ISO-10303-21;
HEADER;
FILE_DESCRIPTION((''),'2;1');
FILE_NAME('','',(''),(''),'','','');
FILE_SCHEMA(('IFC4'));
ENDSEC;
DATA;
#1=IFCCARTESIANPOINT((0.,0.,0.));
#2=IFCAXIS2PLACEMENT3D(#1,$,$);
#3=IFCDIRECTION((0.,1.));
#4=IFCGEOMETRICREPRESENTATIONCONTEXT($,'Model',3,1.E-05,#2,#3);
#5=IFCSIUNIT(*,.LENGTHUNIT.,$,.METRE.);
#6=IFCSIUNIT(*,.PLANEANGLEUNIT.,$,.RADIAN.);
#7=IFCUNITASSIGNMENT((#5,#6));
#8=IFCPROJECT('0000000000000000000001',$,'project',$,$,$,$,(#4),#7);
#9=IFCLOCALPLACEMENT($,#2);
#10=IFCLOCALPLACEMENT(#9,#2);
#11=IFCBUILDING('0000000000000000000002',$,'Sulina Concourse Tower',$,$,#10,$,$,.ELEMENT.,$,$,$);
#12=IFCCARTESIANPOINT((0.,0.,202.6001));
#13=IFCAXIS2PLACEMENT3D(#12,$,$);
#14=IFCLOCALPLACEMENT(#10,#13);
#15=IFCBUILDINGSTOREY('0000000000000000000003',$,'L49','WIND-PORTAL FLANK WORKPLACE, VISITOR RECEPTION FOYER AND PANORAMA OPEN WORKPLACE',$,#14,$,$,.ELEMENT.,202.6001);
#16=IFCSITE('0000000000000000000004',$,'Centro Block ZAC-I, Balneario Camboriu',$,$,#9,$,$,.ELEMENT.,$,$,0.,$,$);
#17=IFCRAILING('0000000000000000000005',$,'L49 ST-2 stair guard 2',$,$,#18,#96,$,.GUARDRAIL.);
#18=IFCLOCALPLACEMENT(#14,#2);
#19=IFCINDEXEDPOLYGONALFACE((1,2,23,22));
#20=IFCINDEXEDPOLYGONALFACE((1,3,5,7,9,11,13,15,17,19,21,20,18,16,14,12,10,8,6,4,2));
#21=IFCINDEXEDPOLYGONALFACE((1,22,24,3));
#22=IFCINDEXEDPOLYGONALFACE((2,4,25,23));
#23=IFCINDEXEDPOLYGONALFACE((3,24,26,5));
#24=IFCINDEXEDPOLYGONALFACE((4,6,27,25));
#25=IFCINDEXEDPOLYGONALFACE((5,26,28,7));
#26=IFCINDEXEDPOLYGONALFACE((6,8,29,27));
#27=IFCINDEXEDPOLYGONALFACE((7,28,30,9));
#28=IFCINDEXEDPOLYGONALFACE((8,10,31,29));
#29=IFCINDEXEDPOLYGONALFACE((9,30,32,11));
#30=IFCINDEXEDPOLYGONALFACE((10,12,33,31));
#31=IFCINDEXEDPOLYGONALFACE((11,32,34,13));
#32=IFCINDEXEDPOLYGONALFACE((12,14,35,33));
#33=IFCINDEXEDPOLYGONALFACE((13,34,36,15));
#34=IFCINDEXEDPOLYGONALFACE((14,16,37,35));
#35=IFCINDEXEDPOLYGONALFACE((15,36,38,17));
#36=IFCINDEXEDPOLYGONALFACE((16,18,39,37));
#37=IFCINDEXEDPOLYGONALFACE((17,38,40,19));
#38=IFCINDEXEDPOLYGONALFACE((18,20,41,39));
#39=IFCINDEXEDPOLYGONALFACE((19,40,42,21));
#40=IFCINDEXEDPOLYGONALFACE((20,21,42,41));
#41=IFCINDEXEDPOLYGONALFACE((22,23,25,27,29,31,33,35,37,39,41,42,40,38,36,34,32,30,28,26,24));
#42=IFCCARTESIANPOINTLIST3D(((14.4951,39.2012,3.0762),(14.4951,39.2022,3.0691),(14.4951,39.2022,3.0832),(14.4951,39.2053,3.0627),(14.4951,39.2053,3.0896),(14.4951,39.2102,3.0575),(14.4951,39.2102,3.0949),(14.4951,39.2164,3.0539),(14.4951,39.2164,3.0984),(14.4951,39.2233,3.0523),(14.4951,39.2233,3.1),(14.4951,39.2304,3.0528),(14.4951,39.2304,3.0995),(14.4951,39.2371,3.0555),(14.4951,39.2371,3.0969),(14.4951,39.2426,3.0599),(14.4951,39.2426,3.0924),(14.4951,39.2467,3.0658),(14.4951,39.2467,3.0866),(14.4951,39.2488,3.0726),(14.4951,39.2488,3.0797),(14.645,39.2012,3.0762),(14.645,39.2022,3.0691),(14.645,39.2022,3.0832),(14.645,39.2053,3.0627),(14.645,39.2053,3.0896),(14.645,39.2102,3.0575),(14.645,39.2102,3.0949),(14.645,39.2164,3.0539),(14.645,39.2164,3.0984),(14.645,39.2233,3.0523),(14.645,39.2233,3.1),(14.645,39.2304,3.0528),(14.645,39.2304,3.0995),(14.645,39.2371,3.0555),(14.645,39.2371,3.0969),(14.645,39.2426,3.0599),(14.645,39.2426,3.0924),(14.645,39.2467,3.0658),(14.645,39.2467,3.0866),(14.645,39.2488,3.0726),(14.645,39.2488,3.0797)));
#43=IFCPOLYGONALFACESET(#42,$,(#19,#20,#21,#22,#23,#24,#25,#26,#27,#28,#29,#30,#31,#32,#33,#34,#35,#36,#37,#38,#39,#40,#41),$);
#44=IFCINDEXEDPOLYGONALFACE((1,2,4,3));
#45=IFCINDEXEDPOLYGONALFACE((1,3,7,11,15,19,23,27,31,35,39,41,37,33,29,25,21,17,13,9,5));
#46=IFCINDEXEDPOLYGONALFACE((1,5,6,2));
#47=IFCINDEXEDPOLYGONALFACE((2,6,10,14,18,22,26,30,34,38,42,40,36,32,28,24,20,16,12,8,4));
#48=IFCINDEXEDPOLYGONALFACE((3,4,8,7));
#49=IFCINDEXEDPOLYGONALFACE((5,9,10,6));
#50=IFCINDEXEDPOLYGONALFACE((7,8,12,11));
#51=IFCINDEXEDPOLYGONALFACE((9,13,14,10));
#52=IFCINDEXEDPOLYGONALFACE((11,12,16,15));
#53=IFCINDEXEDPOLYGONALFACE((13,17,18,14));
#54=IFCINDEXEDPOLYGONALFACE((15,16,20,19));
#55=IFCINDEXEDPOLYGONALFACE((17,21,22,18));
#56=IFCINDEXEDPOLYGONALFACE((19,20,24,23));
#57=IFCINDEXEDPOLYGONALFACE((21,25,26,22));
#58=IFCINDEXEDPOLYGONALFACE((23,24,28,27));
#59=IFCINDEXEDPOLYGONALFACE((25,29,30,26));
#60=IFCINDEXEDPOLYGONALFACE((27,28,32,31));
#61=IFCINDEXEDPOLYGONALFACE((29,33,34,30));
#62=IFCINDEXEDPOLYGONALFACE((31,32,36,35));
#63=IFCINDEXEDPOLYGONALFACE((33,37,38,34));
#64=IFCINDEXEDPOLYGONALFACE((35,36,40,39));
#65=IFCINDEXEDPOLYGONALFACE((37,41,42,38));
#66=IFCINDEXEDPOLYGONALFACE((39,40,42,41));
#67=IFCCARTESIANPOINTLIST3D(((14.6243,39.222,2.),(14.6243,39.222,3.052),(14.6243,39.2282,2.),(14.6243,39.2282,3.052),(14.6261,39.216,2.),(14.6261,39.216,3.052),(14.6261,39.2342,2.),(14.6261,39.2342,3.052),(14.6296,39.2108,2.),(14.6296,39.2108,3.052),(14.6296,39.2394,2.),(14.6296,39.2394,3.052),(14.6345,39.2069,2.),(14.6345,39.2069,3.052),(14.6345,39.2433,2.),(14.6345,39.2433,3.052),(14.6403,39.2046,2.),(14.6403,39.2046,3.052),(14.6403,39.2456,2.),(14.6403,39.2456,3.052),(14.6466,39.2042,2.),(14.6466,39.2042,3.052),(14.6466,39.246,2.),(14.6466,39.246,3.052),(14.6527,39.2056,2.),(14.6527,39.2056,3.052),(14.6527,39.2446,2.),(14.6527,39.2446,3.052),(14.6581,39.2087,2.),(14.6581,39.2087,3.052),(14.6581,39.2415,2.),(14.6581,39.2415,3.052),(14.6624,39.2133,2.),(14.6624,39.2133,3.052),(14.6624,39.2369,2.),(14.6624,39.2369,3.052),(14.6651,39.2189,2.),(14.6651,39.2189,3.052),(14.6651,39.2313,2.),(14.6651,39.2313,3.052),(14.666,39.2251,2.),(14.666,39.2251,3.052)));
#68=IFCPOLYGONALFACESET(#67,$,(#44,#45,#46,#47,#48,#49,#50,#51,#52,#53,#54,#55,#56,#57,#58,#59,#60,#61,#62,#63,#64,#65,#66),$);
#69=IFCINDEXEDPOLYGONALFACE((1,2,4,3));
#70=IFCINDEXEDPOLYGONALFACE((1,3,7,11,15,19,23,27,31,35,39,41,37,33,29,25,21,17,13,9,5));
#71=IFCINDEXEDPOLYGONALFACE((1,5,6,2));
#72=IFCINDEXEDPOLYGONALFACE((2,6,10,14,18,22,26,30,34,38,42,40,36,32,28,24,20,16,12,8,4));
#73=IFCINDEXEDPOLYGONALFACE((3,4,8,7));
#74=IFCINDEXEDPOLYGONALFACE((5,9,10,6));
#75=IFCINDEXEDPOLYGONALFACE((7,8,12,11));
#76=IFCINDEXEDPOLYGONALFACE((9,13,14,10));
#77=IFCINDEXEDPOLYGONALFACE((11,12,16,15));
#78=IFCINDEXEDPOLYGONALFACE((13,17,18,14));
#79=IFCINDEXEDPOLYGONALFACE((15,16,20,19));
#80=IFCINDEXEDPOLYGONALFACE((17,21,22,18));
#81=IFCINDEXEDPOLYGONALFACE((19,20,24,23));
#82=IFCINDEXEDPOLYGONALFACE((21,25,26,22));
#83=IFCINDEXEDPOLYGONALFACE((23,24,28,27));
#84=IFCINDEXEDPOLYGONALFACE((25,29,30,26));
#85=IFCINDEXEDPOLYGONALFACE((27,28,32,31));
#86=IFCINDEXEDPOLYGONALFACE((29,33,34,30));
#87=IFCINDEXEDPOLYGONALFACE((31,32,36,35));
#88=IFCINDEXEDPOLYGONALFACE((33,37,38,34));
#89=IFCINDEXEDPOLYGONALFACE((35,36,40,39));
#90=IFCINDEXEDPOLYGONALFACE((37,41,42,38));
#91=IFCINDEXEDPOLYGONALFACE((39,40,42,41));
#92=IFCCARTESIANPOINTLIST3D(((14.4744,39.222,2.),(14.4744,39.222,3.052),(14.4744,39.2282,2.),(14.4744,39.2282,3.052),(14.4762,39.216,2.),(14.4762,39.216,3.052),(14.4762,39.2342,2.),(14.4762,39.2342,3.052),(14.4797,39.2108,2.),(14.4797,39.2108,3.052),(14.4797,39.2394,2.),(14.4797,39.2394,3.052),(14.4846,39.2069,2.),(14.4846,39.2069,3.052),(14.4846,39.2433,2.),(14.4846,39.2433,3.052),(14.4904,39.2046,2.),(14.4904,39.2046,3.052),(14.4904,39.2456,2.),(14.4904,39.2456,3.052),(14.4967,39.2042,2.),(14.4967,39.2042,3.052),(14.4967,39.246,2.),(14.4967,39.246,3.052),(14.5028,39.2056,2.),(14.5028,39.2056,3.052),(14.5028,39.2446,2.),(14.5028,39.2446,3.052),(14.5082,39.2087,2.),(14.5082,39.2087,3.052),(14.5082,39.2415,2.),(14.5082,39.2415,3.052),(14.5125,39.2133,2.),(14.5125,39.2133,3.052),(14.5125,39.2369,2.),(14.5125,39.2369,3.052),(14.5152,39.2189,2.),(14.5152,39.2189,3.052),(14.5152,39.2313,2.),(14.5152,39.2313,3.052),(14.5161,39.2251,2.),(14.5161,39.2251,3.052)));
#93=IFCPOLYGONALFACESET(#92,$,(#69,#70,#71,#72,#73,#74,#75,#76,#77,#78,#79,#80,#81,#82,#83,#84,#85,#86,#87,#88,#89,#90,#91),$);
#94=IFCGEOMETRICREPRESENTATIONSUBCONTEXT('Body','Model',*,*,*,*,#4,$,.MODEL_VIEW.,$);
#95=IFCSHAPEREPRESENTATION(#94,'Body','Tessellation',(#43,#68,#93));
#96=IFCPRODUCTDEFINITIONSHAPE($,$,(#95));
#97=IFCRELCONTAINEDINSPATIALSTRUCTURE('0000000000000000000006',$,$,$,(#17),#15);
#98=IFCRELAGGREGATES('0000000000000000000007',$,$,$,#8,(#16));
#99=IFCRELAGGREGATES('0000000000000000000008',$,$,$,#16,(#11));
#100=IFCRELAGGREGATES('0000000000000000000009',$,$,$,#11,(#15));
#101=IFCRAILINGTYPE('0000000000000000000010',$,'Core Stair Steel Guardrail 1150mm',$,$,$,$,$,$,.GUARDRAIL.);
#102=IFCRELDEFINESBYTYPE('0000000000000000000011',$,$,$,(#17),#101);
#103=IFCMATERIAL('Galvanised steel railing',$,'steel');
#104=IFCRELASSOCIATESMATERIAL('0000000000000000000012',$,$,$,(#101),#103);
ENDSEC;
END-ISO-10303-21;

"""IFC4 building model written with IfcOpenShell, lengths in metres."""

from ifc_helpers import new_model, si_unit, direction, frame, origin, origin_2d, place, context, subcontext, project, spatial, circle, extrude, material, type_object, element, save


model = new_model("IFC4")

# Units and contexts
model_context = context("Model", 3, precision=1e-05, world=origin(), true_north=direction((0.0, 1.0)))
body_context = subcontext(model_context, "Body", "Model", "MODEL_VIEW")
ifc_project = project(units=[si_unit("LENGTHUNIT", "METRE"), si_unit("PLANEANGLEUNIT", "RADIAN")], contexts=[model_context])

# Site, building, storey
site_placement = place(None, origin())
site = spatial("IfcSite", under=ifc_project, at=site_placement, Name="Centro Block ZAC-I, Balneario Camboriu", CompositionType="ELEMENT", RefElevation=0.0)
building_placement = place(site_placement, origin())
building = spatial("IfcBuilding", under=site, at=building_placement, Name="Sulina Concourse Tower", CompositionType="ELEMENT")
storey_placement = place(building_placement, frame((0.0, 0.0, 202.6001)))
storey = spatial("IfcBuildingStorey", under=building, at=storey_placement, Name="L49", Description="WIND-PORTAL FLANK WORKPLACE, VISITOR RECEPTION FOYER AND PANORAMA OPEN WORKPLACE", CompositionType="ELEMENT", Elevation=202.6001)

# Railing
ifc_material_1 = material(Name="Galvanised steel railing", Category="steel")
railing_type_1 = type_object("IfcRailingType", Name="Core Stair Steel Guardrail 1150mm", PredefinedType="GUARDRAIL", material=ifc_material_1)
railing_1_placement = place(storey_placement, frame((14.645, 39.2251, 2.0)))
element("IfcRailing", 1, at=railing_1_placement, inside=storey, type_object=railing_type_1, Name="L49 ST-2 stair guard 2", PredefinedType="GUARDRAIL", context=body_context, shape_type="SweptSolid", body=[
    extrude(circle(Radius=0.0239, at=origin_2d()), frame((0.0, 0.0, 1.0762), z_axis=(-1.0, 0.0, 0.0), x_axis=(0.0, -1.0, 0.0)), (0.0, 0.0, 1.0), 0.1499),
    extrude(circle(Radius=0.021, at=origin_2d()), origin(), (0.0, 0.0, 1.0), 1.052),
    extrude(circle(Radius=0.021, at=origin_2d()), frame((-0.1499, 0.0, 0.0)), (0.0, 0.0, 1.0), 1.052),
])

save(model, "model.ifc")
